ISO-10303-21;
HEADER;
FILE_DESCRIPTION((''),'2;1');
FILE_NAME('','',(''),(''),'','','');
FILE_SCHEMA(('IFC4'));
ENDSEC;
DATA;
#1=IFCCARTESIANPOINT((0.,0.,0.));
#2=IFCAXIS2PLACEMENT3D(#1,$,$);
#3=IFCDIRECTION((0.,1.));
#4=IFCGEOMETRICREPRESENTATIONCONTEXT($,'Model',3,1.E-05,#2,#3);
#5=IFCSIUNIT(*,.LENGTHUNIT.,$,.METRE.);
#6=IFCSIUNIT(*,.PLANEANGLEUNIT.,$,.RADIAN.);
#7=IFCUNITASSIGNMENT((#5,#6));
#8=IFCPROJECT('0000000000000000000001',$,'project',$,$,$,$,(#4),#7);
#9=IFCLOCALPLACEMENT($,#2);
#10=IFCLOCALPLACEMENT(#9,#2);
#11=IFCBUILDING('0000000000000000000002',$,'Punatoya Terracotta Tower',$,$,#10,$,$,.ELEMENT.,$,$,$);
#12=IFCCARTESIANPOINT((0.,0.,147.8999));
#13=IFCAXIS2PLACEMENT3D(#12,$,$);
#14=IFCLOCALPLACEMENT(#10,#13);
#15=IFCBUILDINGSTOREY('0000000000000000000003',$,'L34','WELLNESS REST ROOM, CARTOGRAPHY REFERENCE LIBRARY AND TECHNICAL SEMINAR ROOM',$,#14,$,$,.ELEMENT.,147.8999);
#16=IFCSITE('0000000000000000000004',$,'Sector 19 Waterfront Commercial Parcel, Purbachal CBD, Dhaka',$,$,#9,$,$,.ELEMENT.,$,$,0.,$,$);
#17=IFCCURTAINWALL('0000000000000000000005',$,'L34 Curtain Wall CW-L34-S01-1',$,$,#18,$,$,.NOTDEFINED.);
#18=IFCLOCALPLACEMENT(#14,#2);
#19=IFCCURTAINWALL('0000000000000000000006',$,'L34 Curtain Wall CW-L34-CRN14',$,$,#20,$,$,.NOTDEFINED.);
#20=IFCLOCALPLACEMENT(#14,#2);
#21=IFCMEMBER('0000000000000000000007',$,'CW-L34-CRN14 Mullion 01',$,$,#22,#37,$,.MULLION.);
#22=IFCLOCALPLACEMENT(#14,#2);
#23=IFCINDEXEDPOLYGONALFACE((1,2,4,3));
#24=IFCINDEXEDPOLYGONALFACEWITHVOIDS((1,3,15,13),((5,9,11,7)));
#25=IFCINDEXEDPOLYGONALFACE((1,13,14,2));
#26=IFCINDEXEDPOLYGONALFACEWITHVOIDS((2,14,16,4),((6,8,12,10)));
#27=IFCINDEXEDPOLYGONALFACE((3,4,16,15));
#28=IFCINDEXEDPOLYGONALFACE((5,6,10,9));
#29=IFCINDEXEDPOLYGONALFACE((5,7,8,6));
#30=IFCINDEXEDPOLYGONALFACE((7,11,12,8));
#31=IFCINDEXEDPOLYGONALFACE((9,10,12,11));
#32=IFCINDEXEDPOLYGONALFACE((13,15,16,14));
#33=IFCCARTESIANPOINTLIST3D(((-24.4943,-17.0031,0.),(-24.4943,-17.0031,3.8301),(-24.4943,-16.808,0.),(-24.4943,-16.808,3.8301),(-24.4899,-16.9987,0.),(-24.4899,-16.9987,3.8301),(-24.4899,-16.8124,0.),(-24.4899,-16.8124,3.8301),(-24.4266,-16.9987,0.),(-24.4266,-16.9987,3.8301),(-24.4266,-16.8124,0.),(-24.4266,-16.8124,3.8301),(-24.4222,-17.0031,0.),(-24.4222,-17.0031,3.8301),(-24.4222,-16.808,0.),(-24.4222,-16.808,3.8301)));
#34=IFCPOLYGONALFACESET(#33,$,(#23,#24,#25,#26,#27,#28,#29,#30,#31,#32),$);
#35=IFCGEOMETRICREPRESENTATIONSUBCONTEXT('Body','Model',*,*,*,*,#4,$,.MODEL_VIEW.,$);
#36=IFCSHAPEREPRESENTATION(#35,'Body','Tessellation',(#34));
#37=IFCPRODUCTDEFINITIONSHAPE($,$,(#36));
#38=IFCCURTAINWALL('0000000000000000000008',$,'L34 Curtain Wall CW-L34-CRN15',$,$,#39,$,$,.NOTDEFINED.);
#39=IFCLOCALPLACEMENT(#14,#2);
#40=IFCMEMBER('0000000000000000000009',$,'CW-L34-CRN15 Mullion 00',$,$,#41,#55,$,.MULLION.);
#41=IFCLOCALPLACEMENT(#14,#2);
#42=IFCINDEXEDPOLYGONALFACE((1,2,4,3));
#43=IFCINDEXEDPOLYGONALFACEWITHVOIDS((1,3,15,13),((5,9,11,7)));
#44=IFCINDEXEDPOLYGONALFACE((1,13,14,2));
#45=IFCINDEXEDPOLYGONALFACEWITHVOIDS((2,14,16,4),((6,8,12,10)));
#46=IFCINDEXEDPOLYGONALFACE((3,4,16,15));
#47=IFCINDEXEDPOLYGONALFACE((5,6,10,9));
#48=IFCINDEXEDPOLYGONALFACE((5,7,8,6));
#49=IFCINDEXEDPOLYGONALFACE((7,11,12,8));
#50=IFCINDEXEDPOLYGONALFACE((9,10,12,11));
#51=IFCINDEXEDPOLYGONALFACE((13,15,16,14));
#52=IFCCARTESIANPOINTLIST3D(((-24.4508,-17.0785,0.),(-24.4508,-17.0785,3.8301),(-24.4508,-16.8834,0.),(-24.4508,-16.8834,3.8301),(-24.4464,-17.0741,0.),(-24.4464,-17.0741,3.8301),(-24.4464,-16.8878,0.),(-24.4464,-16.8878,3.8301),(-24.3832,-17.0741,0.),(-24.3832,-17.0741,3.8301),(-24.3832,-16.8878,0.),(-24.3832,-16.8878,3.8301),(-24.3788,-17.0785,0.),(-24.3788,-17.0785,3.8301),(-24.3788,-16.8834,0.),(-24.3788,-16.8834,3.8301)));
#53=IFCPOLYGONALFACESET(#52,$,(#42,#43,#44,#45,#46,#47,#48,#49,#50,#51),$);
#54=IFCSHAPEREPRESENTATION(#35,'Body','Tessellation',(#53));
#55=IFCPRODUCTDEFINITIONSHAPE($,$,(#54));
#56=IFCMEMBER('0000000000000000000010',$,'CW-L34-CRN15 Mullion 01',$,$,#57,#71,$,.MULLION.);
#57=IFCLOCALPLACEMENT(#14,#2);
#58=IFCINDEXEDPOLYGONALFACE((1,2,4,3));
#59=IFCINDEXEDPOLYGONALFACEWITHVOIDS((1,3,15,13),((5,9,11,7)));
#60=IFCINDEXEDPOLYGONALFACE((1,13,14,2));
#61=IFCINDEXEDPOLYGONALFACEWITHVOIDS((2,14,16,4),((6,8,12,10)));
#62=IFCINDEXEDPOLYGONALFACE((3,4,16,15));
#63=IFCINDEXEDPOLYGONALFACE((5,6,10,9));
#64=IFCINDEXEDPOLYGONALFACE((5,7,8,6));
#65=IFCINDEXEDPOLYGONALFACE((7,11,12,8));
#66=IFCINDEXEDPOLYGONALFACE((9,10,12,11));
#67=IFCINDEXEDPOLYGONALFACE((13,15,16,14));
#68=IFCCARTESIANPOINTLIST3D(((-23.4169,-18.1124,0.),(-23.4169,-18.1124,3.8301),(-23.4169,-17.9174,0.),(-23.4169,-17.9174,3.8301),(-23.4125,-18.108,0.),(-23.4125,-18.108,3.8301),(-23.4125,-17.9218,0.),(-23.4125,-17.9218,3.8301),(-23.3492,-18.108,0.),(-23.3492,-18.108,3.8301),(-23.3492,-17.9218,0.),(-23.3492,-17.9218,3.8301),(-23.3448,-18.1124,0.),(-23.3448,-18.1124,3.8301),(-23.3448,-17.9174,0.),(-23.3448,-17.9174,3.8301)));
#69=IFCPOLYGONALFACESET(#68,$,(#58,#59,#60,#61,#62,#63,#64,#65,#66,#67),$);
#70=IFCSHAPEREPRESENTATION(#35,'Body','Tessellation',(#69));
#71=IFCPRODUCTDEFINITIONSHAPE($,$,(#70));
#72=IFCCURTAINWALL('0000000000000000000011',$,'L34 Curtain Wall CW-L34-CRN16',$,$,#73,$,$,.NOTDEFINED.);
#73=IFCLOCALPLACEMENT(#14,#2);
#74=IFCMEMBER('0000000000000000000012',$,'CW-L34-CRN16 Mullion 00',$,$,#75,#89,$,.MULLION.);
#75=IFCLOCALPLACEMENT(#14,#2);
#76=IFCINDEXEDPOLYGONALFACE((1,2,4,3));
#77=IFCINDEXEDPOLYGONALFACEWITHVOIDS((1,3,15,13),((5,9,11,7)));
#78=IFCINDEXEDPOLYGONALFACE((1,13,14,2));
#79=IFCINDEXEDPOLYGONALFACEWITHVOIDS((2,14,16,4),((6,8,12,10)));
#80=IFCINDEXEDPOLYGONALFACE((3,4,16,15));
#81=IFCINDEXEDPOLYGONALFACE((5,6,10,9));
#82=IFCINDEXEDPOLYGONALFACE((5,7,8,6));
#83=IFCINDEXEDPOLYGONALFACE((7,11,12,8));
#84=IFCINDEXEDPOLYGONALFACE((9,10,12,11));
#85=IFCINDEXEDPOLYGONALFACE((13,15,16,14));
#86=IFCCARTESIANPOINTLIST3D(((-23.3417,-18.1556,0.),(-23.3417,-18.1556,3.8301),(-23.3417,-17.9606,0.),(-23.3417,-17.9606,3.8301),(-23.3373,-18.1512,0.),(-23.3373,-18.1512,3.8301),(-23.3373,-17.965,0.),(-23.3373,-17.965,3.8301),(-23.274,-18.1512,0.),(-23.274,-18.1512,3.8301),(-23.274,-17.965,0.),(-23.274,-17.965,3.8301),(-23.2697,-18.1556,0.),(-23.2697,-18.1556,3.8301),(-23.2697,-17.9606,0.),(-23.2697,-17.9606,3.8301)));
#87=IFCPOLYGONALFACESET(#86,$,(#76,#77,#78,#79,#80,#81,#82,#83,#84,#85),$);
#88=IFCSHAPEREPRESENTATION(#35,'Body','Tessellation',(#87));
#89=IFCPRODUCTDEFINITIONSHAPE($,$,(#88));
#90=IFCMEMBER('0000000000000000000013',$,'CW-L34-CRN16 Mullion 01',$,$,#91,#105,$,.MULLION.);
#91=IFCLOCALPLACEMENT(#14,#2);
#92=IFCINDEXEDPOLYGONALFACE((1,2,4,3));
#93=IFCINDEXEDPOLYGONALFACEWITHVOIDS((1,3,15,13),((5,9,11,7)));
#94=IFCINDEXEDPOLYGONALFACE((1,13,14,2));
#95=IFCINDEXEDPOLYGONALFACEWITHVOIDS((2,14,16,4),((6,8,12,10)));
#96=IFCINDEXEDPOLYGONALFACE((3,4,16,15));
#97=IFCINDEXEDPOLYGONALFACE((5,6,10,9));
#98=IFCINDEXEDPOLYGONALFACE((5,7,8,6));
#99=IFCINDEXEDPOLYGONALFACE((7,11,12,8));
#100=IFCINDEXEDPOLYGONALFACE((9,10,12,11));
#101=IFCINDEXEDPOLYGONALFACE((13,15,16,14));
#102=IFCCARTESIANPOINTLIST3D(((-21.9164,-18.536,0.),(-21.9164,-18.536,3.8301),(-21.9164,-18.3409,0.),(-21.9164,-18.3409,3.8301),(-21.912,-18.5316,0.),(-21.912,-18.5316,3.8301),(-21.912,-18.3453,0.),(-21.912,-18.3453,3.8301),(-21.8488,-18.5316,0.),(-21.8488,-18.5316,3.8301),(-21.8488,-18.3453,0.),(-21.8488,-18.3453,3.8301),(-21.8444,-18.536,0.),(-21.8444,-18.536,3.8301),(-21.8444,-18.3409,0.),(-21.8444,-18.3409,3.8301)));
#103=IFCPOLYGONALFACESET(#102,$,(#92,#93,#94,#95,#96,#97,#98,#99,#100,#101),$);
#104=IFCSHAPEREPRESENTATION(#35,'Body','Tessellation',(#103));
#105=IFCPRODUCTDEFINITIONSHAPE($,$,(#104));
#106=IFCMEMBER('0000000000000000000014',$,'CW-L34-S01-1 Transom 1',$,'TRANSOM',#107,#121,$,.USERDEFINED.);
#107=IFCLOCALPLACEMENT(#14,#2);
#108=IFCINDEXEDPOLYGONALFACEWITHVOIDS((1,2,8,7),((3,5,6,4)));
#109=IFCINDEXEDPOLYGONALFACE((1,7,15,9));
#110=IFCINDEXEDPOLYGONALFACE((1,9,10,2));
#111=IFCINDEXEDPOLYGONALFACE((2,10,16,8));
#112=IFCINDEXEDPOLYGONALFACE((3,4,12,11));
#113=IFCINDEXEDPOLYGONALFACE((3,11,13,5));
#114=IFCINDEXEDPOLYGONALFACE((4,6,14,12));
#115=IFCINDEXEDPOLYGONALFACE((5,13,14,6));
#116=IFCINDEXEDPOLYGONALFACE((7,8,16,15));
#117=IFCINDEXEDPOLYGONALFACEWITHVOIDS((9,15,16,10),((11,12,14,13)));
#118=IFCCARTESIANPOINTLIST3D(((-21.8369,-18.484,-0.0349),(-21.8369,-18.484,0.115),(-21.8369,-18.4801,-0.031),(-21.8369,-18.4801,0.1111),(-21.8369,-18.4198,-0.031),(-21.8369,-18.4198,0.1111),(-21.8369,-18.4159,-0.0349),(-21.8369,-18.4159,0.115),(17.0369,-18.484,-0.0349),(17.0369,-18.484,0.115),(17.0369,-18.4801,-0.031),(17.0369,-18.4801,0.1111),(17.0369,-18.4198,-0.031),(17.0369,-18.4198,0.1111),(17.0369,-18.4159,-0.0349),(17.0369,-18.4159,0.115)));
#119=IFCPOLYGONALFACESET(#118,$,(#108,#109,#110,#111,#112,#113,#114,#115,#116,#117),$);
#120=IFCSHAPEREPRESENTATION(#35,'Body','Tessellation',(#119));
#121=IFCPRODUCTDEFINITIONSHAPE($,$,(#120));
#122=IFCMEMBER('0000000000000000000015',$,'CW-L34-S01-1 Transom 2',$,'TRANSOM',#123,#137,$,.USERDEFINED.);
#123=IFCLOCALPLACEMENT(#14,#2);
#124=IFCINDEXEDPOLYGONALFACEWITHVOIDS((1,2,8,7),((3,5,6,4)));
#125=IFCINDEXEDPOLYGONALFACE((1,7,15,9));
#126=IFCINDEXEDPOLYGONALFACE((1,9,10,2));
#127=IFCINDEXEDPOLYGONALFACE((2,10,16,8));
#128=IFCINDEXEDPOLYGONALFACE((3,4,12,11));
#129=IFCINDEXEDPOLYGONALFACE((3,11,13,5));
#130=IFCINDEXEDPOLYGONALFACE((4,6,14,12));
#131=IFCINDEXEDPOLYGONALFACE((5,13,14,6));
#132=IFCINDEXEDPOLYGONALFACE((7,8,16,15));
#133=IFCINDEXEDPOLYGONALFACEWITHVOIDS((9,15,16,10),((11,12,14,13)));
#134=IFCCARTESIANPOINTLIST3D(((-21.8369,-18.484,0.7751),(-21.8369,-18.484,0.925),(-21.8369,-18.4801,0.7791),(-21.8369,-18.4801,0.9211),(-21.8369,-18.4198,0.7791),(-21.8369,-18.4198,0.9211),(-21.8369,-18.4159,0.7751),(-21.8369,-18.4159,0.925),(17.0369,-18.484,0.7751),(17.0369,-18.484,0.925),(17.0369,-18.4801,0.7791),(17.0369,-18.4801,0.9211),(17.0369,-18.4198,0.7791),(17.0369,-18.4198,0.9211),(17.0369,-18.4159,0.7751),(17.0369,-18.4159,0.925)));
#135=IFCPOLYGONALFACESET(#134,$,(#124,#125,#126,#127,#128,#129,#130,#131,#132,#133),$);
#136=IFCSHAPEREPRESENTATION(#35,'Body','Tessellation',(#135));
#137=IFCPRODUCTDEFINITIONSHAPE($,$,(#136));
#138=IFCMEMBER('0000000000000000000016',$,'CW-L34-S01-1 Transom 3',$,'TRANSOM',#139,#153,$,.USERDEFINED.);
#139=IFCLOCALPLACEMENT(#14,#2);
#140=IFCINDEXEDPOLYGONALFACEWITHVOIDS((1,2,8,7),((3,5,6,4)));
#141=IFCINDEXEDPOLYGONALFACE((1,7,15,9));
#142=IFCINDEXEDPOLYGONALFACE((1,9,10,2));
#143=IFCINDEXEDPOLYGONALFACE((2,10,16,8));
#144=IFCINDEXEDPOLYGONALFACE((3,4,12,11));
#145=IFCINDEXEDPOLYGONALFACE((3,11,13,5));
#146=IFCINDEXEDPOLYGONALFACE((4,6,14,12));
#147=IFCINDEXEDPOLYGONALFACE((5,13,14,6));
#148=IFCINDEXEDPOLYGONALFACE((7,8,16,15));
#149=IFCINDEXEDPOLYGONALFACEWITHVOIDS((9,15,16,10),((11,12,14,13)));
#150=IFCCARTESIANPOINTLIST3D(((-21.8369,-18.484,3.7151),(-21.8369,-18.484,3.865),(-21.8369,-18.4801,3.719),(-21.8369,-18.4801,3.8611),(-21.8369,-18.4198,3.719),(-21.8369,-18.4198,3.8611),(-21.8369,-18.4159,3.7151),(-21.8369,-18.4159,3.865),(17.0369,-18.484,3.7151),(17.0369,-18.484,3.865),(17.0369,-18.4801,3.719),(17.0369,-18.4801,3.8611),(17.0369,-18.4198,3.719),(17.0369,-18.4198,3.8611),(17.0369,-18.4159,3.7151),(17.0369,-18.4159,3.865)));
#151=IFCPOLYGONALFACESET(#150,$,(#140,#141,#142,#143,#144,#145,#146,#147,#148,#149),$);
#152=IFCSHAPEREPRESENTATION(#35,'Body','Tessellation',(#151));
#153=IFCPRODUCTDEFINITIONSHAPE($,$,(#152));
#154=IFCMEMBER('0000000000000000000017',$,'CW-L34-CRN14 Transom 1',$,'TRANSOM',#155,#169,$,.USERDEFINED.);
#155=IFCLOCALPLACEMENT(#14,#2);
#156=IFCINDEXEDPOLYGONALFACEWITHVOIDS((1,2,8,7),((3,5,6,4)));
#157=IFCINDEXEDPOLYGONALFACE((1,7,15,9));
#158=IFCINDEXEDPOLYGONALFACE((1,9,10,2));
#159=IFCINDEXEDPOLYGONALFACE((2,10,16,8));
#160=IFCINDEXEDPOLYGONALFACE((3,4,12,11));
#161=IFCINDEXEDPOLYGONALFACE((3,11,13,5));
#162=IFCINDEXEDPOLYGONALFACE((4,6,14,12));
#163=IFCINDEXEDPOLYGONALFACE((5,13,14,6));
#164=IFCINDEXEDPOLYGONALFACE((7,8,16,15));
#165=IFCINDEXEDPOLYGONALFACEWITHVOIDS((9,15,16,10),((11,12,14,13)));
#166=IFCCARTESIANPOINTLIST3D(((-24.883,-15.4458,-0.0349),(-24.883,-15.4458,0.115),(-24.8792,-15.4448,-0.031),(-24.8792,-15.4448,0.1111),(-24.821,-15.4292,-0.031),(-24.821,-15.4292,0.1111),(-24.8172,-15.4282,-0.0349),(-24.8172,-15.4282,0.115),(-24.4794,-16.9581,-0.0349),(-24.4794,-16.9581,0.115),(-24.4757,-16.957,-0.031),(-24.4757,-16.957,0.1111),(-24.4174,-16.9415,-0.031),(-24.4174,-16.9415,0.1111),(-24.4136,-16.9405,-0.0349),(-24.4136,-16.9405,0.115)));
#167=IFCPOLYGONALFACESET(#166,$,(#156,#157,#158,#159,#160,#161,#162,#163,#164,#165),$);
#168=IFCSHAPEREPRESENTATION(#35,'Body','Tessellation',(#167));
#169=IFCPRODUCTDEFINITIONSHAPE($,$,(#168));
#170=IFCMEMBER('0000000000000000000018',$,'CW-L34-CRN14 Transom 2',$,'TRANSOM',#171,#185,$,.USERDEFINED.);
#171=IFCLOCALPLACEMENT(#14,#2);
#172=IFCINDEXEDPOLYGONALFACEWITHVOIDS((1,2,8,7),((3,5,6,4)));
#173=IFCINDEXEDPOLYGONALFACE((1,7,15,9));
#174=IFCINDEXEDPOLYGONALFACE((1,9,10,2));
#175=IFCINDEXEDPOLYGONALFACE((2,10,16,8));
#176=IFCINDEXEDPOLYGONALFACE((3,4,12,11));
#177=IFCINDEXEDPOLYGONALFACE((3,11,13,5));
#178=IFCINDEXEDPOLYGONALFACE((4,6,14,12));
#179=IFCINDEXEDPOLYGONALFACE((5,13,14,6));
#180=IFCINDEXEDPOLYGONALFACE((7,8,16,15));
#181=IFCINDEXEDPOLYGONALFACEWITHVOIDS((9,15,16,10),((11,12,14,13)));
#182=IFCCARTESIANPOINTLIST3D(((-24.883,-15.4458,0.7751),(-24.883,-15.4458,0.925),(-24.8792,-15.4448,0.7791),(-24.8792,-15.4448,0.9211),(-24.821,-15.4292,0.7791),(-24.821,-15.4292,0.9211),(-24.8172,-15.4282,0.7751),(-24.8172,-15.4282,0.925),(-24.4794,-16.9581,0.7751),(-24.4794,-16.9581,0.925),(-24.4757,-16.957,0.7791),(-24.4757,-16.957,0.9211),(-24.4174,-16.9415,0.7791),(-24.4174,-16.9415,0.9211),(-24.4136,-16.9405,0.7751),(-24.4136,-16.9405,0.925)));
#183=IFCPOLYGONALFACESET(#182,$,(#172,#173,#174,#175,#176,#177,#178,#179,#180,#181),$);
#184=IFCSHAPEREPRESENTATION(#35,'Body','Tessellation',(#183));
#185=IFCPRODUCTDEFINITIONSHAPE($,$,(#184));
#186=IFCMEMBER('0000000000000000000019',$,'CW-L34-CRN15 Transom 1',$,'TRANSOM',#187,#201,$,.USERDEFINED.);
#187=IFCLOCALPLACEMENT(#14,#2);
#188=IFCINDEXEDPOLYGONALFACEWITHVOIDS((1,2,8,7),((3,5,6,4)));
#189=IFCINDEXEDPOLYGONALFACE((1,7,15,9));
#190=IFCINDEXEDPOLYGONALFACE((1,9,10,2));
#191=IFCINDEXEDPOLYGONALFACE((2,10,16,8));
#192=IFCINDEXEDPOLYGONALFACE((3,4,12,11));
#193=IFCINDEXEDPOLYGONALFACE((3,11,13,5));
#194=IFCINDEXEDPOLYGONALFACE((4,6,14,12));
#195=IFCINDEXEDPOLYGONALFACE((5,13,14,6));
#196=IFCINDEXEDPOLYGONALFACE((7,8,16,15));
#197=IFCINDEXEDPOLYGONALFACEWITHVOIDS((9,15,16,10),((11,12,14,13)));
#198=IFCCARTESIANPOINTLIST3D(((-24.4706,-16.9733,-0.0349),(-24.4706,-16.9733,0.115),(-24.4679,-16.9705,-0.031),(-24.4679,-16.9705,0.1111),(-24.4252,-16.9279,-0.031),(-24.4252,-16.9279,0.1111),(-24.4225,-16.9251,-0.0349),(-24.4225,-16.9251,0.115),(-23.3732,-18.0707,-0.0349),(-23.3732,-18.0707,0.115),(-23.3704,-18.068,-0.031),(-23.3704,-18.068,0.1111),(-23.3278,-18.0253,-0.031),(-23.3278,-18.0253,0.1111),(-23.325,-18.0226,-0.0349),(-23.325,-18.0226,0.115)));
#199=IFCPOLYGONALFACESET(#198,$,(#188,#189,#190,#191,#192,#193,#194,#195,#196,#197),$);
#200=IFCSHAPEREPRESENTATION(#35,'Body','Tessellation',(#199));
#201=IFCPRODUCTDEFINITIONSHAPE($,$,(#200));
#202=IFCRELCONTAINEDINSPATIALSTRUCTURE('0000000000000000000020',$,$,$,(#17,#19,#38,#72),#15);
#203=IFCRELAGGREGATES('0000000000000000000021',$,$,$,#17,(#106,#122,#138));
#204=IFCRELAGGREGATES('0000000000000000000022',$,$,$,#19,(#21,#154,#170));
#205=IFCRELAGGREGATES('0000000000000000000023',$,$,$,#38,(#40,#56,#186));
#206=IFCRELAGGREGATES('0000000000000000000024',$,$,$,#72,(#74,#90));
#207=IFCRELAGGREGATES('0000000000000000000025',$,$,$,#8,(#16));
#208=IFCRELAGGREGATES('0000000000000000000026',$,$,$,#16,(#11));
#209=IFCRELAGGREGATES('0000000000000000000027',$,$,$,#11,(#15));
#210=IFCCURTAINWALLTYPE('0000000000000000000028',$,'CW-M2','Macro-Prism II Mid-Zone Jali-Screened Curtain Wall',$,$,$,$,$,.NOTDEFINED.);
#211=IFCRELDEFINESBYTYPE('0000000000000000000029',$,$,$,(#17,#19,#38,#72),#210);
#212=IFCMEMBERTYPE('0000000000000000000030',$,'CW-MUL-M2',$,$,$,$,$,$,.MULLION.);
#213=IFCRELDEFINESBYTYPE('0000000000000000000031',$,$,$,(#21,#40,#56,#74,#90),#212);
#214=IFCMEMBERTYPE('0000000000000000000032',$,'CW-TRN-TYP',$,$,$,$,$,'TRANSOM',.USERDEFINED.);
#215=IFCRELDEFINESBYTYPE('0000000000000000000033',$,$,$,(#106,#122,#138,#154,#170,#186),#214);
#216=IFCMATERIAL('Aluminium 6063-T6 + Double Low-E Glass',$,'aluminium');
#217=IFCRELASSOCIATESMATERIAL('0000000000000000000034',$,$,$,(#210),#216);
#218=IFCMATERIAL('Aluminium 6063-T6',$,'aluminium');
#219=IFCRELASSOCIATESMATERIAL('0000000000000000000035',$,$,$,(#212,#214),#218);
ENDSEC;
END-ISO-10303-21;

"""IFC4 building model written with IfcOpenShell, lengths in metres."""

from ifc_helpers import new_model, si_unit, direction, frame, origin, origin_2d, place, context, subcontext, project, spatial, hollow_rectangle, extrude, material, material_profile, profile_set, type_object, element, aggregate, save


model = new_model("IFC4")

# Units and contexts
model_context = context("Model", 3, precision=1e-05, world=origin(), true_north=direction((0.0, 1.0)))
body_context = subcontext(model_context, "Body", "Model", "MODEL_VIEW")
ifc_project = project(units=[si_unit("LENGTHUNIT", "METRE"), si_unit("PLANEANGLEUNIT", "RADIAN")], contexts=[model_context])

# Site, building, storey
site_placement = place(None, origin())
site = spatial("IfcSite", under=ifc_project, at=site_placement, Name="Sector 19 Waterfront Commercial Parcel, Purbachal CBD, Dhaka", CompositionType="ELEMENT", RefElevation=0.0)
building_placement = place(site_placement, origin())
building = spatial("IfcBuilding", under=site, at=building_placement, Name="Punatoya Terracotta Tower", CompositionType="ELEMENT")
storey_placement = place(building_placement, frame((0.0, 0.0, 147.8999)))
storey = spatial("IfcBuildingStorey", under=building, at=storey_placement, Name="L34", Description="WELLNESS REST ROOM, CARTOGRAPHY REFERENCE LIBRARY AND TECHNICAL SEMINAR ROOM", CompositionType="ELEMENT", Elevation=147.8999)

# Curtain wall
ifc_material_1 = material(Name="Aluminium 6063-T6 + Double Low-E Glass", Category="aluminium")
curtain_wall_type = type_object("IfcCurtainWallType", Name="CW-M2", Description="Macro-Prism II Mid-Zone Jali-Screened Curtain Wall", PredefinedType="NOTDEFINED", material=ifc_material_1)
curtain_wall_1_placement = place(storey_placement, origin())
curtain_wall_1 = element("IfcCurtainWall", 1, at=curtain_wall_1_placement, inside=storey, type_object=curtain_wall_type, Name="L34 Curtain Wall CW-L34-S01-1", PredefinedType="NOTDEFINED")
ifc_material_2 = material(Name="Aluminium 6063-T6", Category="aluminium")
ifc_material_profile_1 = material_profile(ifc_material_2, hollow_rectangle(XDim=0.072, YDim=0.1951, WallThickness=0.0044, at=origin_2d()))
ifc_profile_set_1 = profile_set([ifc_material_profile_1], Name="Aluminium 6063-T6")
member_type_1 = type_object("IfcMemberType", Name="CW-MUL-M2", PredefinedType="MULLION", material=ifc_profile_set_1)

# Curtain walls, members
curtain_wall_2_placement = place(storey_placement, origin())
curtain_wall_2 = element("IfcCurtainWall", 2, at=curtain_wall_2_placement, inside=storey, type_object=curtain_wall_type, Name="L34 Curtain Wall CW-L34-CRN14", PredefinedType="NOTDEFINED")
member_1_placement = place(storey_placement, frame((-24.4583, -16.9055, 0.0), z_axis=(0.0, 0.0, 1.0), x_axis=(1.0, 0.0, 0.0)))
member_1 = element("IfcMember", 3, at=member_1_placement, type_object=member_type_1, Name="CW-L34-CRN14 Mullion 01", PredefinedType="MULLION", context=body_context, shape_type="SweptSolid", body=[
    extrude(hollow_rectangle(XDim=0.072, YDim=0.1951, WallThickness=0.0044, at=origin_2d()), origin(), (0.0, 0.0, 1.0), 3.8301),
])
curtain_wall_3_placement = place(storey_placement, origin())
curtain_wall_3 = element("IfcCurtainWall", 4, at=curtain_wall_3_placement, inside=storey, type_object=curtain_wall_type, Name="L34 Curtain Wall CW-L34-CRN15", PredefinedType="NOTDEFINED")
member_2_placement = place(storey_placement, frame((-24.4148, -16.981, 0.0), z_axis=(0.0, 0.0, 1.0), x_axis=(1.0, 0.0, 0.0)))
member_2 = element("IfcMember", 5, at=member_2_placement, type_object=member_type_1, Name="CW-L34-CRN15 Mullion 00", PredefinedType="MULLION", context=body_context, shape_type="SweptSolid", body=[
    extrude(hollow_rectangle(XDim=0.072, YDim=0.1951, WallThickness=0.0044, at=origin_2d()), origin(), (0.0, 0.0, 1.0), 3.8301),
])
member_3_placement = place(storey_placement, frame((-23.3809, -18.0149, 0.0), z_axis=(0.0, 0.0, 1.0), x_axis=(1.0, 0.0, 0.0)))
member_3 = element("IfcMember", 6, at=member_3_placement, type_object=member_type_1, Name="CW-L34-CRN15 Mullion 01", PredefinedType="MULLION", context=body_context, shape_type="SweptSolid", body=[
    extrude(hollow_rectangle(XDim=0.072, YDim=0.1951, WallThickness=0.0044, at=origin_2d()), origin(), (0.0, 0.0, 1.0), 3.8301),
])
curtain_wall_4_placement = place(storey_placement, origin())
curtain_wall_4 = element("IfcCurtainWall", 7, at=curtain_wall_4_placement, inside=storey, type_object=curtain_wall_type, Name="L34 Curtain Wall CW-L34-CRN16", PredefinedType="NOTDEFINED")
member_4_placement = place(storey_placement, frame((-23.3057, -18.0581, 0.0), z_axis=(0.0, 0.0, 1.0), x_axis=(1.0, 0.0, 0.0)))
member_4 = element("IfcMember", 8, at=member_4_placement, type_object=member_type_1, Name="CW-L34-CRN16 Mullion 00", PredefinedType="MULLION", context=body_context, shape_type="SweptSolid", body=[
    extrude(hollow_rectangle(XDim=0.072, YDim=0.1951, WallThickness=0.0044, at=origin_2d()), origin(), (0.0, 0.0, 1.0), 3.8301),
])
member_5_placement = place(storey_placement, frame((-21.8804, -18.4385, 0.0), z_axis=(0.0, 0.0, 1.0), x_axis=(1.0, 0.0, 0.0)))
member_5 = element("IfcMember", 9, at=member_5_placement, type_object=member_type_1, Name="CW-L34-CRN16 Mullion 01", PredefinedType="MULLION", context=body_context, shape_type="SweptSolid", body=[
    extrude(hollow_rectangle(XDim=0.072, YDim=0.1951, WallThickness=0.0044, at=origin_2d()), origin(), (0.0, 0.0, 1.0), 3.8301),
])

# Members
ifc_material_profile_2 = material_profile(ifc_material_2, hollow_rectangle(XDim=0.0681, YDim=0.1499, WallThickness=0.0039, at=origin_2d()))
ifc_profile_set_2 = profile_set([ifc_material_profile_2], Name="Aluminium 6063-T6")
member_type_2 = type_object("IfcMemberType", Name="CW-TRN-TYP", ElementType="TRANSOM", PredefinedType="USERDEFINED", material=ifc_profile_set_2)
member_6_placement = place(storey_placement, frame((-21.8369, -18.45, 0.04), z_axis=(1.0, 0.0, 0.0), x_axis=(0.0, 1.0, 0.0)))
member_6 = element("IfcMember", 10, at=member_6_placement, type_object=member_type_2, Name="CW-L34-S01-1 Transom 1", ObjectType="TRANSOM", PredefinedType="USERDEFINED", context=body_context, shape_type="SweptSolid", body=[
    extrude(hollow_rectangle(XDim=0.0681, YDim=0.1499, WallThickness=0.0039, at=origin_2d()), origin(), (0.0, 0.0, 1.0), 38.8738),
])
member_7_placement = place(storey_placement, frame((-21.8369, -18.45, 0.8501), z_axis=(1.0, 0.0, 0.0), x_axis=(0.0, 1.0, 0.0)))
member_7 = element("IfcMember", 11, at=member_7_placement, type_object=member_type_2, Name="CW-L34-S01-1 Transom 2", ObjectType="TRANSOM", PredefinedType="USERDEFINED", context=body_context, shape_type="SweptSolid", body=[
    extrude(hollow_rectangle(XDim=0.0681, YDim=0.1499, WallThickness=0.0039, at=origin_2d()), origin(), (0.0, 0.0, 1.0), 38.8738),
])
member_8_placement = place(storey_placement, frame((-21.8369, -18.45, 3.79), z_axis=(1.0, 0.0, 0.0), x_axis=(0.0, 1.0, 0.0)))
member_8 = element("IfcMember", 12, at=member_8_placement, type_object=member_type_2, Name="CW-L34-S01-1 Transom 3", ObjectType="TRANSOM", PredefinedType="USERDEFINED", context=body_context, shape_type="SweptSolid", body=[
    extrude(hollow_rectangle(XDim=0.0681, YDim=0.1499, WallThickness=0.0039, at=origin_2d()), origin(), (0.0, 0.0, 1.0), 38.8738),
])
aggregate(curtain_wall_1, [member_6, member_7, member_8])
member_9_placement = place(storey_placement, frame((-24.8501, -15.437, 0.04), z_axis=(0.257847, -0.966186, 0.0), x_axis=(0.966186, 0.257847, 0.0)))
member_9 = element("IfcMember", 13, at=member_9_placement, type_object=member_type_2, Name="CW-L34-CRN14 Transom 1", ObjectType="TRANSOM", PredefinedType="USERDEFINED", context=body_context, shape_type="SweptSolid", body=[
    extrude(hollow_rectangle(XDim=0.0681, YDim=0.1499, WallThickness=0.0039, at=origin_2d()), origin(), (0.0, 0.0, 1.0), 1.5652),
])
member_10_placement = place(storey_placement, frame((-24.8501, -15.437, 0.8501), z_axis=(0.257847, -0.966186, 0.0), x_axis=(0.966186, 0.257847, 0.0)))
member_10 = element("IfcMember", 14, at=member_10_placement, type_object=member_type_2, Name="CW-L34-CRN14 Transom 2", ObjectType="TRANSOM", PredefinedType="USERDEFINED", context=body_context, shape_type="SweptSolid", body=[
    extrude(hollow_rectangle(XDim=0.0681, YDim=0.1499, WallThickness=0.0039, at=origin_2d()), origin(), (0.0, 0.0, 1.0), 1.5652),
])
member_11_placement = place(storey_placement, frame((-24.4465, -16.9492, 0.04), z_axis=(0.707107, -0.707107, 0.0), x_axis=(0.707107, 0.707107, 0.0)))
member_11 = element("IfcMember", 15, at=member_11_placement, type_object=member_type_2, Name="CW-L34-CRN15 Transom 1", ObjectType="TRANSOM", PredefinedType="USERDEFINED", context=body_context, shape_type="SweptSolid", body=[
    extrude(hollow_rectangle(XDim=0.0681, YDim=0.1499, WallThickness=0.0039, at=origin_2d()), origin(), (0.0, 0.0, 1.0), 1.552),
])

aggregate(curtain_wall_2, [member_1, member_9, member_10])
aggregate(curtain_wall_3, [member_2, member_3, member_11])
aggregate(curtain_wall_4, [member_4, member_5])

save(model, "model.ifc")
